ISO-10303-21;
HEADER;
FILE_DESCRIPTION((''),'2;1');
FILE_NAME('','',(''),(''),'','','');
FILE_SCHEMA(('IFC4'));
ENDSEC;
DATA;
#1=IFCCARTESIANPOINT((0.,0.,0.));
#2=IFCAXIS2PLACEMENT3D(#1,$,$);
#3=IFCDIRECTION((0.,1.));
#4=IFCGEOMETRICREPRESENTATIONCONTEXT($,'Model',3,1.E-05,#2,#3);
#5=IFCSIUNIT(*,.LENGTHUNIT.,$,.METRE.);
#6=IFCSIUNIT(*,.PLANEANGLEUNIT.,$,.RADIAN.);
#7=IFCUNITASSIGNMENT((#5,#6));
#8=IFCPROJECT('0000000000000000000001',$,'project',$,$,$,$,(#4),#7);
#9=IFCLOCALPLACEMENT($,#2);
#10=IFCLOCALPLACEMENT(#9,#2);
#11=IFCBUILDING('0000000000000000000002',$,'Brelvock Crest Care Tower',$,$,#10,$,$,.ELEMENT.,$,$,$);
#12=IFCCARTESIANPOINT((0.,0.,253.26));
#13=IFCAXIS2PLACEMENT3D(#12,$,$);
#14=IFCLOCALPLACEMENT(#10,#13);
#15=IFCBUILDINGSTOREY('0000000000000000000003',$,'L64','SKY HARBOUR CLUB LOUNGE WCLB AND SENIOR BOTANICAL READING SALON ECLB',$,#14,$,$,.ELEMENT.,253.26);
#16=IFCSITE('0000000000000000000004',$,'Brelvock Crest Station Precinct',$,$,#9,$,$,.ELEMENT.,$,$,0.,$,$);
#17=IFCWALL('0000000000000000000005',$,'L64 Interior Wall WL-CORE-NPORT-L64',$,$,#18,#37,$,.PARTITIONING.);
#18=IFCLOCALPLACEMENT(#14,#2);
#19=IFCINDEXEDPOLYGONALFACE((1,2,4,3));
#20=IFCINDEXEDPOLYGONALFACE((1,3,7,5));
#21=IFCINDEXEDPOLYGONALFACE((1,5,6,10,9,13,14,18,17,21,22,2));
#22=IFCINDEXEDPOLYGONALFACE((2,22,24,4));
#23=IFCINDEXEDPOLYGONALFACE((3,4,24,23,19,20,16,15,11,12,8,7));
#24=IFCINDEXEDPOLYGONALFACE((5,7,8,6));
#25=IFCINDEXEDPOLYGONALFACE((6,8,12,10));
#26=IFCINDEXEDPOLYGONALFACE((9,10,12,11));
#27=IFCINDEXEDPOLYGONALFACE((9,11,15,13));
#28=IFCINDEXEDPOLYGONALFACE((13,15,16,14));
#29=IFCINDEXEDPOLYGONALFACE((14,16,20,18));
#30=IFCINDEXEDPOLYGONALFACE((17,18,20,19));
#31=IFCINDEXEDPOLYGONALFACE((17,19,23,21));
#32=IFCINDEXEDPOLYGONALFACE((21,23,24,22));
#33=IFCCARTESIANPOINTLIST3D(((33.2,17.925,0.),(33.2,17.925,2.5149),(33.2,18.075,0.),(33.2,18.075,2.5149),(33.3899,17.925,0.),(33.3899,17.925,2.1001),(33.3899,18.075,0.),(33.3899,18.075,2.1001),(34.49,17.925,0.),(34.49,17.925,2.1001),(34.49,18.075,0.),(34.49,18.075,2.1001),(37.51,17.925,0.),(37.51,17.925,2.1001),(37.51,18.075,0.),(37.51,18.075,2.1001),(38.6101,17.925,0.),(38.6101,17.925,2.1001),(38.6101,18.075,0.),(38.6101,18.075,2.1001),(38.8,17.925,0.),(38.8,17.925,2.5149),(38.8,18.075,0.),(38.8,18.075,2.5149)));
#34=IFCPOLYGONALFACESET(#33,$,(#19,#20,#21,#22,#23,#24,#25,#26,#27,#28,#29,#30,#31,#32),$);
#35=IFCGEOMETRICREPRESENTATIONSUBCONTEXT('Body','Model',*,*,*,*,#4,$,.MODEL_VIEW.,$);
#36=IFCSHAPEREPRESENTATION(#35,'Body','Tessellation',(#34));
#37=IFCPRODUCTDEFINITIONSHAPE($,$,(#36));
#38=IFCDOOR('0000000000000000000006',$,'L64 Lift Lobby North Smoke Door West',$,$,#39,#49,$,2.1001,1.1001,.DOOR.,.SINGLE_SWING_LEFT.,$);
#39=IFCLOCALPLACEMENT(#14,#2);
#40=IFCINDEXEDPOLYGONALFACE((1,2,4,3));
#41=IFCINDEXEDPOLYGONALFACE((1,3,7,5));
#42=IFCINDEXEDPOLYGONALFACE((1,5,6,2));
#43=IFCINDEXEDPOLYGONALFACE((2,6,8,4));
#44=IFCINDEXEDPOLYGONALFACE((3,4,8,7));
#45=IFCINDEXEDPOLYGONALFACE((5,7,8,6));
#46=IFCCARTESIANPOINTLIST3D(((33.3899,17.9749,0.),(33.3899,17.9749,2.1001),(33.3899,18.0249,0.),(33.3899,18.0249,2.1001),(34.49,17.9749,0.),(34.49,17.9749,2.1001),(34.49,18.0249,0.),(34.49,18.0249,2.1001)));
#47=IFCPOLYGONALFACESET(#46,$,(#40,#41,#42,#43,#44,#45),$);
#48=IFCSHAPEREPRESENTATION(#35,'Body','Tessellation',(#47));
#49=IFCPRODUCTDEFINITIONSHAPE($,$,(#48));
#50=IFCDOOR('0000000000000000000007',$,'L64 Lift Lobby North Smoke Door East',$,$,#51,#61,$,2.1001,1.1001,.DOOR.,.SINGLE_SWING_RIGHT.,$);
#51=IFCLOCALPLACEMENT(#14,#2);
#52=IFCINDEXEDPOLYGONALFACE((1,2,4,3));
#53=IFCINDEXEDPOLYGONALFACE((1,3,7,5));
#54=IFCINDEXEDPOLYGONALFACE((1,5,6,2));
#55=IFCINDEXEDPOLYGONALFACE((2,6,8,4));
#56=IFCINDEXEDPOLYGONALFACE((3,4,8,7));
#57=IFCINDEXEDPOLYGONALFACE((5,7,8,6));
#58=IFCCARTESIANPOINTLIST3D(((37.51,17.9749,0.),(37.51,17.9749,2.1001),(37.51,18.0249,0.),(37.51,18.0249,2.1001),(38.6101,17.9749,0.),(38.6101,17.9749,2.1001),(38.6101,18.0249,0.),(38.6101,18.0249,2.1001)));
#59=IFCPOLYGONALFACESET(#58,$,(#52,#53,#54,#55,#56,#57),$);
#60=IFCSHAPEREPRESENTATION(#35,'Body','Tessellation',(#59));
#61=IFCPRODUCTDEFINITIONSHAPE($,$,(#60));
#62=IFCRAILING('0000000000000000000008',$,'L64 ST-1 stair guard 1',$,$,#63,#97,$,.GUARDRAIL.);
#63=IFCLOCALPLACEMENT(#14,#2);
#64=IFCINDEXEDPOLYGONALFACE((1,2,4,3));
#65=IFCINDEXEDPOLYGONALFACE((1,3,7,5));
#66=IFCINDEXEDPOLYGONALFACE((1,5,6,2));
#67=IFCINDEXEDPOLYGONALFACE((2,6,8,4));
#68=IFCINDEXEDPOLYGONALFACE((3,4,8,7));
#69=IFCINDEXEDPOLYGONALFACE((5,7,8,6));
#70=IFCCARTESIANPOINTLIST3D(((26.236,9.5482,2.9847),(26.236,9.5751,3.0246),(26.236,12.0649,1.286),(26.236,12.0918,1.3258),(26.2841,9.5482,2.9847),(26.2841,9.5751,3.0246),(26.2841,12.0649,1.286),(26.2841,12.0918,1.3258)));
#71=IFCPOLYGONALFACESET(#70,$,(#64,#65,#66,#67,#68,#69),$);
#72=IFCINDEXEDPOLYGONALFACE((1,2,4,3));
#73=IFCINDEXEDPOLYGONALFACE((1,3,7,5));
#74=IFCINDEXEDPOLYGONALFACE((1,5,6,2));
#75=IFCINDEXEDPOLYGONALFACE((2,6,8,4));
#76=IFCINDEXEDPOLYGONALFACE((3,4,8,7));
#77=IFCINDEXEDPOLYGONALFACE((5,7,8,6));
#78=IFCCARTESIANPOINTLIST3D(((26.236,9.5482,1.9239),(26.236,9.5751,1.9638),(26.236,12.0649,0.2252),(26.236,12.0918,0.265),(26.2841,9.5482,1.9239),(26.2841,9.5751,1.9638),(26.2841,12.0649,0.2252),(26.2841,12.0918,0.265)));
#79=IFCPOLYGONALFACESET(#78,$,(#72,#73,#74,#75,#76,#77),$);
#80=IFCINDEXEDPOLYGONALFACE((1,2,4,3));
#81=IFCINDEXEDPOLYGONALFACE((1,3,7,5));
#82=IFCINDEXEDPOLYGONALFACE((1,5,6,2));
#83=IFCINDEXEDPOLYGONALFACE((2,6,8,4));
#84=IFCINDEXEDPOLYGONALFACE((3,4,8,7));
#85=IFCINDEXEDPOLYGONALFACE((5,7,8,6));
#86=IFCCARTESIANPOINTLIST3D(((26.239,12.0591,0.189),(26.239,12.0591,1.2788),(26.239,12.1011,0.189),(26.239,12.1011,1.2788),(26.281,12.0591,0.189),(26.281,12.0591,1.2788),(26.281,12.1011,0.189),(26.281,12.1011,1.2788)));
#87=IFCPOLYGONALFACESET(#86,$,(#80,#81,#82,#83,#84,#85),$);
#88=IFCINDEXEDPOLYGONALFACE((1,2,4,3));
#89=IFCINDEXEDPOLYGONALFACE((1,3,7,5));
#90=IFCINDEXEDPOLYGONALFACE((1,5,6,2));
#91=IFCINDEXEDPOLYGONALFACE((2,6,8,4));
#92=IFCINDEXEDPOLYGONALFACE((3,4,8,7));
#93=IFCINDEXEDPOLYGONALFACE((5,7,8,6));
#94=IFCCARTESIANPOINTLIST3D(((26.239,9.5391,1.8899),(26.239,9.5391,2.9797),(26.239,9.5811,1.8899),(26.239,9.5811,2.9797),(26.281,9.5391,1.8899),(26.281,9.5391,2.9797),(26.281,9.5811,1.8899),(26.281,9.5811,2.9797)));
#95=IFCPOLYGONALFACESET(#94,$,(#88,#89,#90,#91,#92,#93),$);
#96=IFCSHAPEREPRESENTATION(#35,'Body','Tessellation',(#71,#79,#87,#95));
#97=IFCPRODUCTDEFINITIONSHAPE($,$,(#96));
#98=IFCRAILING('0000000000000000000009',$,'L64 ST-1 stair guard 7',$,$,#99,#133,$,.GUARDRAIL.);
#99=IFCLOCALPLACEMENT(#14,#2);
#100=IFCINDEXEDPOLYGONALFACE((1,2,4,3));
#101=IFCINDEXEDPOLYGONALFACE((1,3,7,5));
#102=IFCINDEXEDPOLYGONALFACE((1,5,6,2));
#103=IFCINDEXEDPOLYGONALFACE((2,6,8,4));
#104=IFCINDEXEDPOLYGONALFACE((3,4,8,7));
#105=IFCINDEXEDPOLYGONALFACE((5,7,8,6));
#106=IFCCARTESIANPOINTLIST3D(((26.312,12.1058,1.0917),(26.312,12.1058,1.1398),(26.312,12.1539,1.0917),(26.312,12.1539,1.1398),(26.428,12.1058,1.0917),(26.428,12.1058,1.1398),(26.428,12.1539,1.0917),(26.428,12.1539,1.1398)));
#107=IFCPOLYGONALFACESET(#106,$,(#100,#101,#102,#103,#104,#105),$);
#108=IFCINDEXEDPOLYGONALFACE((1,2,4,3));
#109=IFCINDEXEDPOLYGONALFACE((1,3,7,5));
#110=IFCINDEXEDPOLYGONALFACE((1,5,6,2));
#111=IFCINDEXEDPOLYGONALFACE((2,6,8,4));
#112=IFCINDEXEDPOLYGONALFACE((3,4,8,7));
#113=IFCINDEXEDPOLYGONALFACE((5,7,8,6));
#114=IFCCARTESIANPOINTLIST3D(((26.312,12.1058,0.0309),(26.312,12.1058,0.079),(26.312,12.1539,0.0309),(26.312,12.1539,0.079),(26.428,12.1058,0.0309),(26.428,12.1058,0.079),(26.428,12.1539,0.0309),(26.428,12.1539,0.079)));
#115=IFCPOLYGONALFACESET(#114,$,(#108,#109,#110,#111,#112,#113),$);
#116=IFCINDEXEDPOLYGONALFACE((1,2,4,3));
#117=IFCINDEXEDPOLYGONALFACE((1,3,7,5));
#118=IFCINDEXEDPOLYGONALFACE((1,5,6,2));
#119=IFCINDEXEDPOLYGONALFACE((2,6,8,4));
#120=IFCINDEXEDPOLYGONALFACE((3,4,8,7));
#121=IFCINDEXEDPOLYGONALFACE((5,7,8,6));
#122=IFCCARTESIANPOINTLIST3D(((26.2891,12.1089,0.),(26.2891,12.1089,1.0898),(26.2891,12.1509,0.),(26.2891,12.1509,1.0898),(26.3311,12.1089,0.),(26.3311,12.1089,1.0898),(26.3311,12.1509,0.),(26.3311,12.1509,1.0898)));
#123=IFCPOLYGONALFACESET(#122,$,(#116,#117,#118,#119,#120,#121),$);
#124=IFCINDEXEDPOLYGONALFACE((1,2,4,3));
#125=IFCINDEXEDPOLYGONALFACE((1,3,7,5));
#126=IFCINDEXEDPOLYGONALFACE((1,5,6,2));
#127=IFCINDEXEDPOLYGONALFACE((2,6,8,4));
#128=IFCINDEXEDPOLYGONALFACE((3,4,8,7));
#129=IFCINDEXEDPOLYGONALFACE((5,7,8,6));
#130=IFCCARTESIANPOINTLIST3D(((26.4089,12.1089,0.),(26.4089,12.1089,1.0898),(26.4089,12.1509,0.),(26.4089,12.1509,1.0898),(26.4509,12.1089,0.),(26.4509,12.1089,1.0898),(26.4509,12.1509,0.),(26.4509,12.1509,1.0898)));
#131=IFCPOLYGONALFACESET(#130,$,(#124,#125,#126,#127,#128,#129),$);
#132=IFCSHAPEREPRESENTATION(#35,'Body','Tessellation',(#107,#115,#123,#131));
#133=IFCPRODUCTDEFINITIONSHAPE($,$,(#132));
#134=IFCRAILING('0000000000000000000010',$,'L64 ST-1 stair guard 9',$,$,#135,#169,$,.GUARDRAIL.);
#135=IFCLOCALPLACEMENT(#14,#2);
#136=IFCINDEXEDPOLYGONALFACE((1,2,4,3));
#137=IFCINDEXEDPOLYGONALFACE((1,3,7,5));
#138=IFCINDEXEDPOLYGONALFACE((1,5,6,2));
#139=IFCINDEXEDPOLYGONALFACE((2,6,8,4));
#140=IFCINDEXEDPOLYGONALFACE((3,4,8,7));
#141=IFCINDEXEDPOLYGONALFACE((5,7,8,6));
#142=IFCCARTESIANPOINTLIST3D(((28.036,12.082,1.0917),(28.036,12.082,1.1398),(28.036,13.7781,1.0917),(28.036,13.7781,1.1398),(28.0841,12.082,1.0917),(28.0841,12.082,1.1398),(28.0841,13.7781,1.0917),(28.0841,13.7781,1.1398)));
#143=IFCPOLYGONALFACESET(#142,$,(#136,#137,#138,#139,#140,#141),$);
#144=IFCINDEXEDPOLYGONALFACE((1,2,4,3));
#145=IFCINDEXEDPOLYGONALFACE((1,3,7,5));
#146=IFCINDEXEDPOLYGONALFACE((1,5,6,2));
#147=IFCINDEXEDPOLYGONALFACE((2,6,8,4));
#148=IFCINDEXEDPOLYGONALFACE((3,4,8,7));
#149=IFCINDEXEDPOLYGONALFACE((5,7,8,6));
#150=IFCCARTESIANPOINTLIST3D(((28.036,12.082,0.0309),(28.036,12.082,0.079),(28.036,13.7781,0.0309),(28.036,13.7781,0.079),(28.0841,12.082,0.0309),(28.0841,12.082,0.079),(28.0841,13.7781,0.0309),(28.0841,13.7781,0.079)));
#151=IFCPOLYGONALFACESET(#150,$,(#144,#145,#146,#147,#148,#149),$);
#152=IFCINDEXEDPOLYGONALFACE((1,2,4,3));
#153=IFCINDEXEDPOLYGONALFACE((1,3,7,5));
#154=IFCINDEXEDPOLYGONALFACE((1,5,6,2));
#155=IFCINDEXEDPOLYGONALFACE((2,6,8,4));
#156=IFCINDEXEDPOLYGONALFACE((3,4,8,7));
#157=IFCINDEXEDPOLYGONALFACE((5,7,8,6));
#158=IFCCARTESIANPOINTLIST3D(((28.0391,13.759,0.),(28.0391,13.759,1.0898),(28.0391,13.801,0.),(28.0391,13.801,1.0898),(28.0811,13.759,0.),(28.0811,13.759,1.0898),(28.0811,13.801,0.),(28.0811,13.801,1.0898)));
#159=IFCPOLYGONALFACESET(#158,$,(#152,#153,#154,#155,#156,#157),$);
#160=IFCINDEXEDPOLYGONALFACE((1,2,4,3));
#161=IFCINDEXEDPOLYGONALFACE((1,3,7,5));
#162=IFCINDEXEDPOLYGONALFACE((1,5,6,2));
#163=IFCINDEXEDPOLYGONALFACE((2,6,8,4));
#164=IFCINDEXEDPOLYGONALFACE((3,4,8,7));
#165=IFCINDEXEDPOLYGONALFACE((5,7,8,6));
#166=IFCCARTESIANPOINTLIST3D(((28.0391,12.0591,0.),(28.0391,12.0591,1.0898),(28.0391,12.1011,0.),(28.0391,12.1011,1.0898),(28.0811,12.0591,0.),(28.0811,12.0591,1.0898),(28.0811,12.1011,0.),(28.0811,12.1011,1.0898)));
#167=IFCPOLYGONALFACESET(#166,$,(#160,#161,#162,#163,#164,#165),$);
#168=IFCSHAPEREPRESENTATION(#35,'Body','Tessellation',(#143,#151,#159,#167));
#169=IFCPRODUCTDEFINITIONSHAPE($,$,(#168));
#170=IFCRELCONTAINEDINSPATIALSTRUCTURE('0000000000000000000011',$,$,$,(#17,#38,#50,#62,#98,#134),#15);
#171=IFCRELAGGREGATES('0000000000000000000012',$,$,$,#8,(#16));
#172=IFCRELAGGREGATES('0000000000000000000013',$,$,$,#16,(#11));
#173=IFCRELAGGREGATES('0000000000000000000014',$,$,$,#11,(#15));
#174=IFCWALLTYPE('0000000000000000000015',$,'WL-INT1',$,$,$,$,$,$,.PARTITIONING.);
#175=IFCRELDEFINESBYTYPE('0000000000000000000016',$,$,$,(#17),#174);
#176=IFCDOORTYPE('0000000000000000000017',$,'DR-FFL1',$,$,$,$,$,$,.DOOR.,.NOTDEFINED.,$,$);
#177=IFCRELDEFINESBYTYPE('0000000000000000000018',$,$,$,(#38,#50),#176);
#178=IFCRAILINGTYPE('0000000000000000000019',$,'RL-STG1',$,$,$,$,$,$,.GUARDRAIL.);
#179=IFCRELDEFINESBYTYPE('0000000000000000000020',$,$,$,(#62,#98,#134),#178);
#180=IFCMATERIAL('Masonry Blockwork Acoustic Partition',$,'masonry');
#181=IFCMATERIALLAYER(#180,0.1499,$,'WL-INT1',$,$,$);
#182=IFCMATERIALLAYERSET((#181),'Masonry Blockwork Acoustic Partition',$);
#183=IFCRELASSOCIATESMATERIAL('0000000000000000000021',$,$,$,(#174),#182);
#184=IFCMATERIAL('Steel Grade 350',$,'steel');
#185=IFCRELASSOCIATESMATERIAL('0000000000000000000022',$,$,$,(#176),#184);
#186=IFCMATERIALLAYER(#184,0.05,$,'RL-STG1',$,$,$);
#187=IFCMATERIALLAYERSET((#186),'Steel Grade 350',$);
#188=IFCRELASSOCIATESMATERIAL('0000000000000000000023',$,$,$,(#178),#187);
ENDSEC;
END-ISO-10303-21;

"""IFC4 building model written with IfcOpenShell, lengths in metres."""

from ifc_helpers import new_model, si_unit, direction, frame, frame_2d, origin, origin_2d, place, context, subcontext, project, spatial, rectangle, extrude, source, transform, mapped, material, layer, layer_set, type_object, element, fill, save


model = new_model("IFC4")

# Units and contexts
model_context = context("Model", 3, precision=1e-05, world=origin(), true_north=direction((0.0, 1.0)))
body_context = subcontext(model_context, "Body", "Model", "MODEL_VIEW")
ifc_project = project(units=[si_unit("LENGTHUNIT", "METRE"), si_unit("PLANEANGLEUNIT", "RADIAN")], contexts=[model_context])

# Site, building, storey
site_placement = place(None, origin())
site = spatial("IfcSite", under=ifc_project, at=site_placement, Name="Brelvock Crest Station Precinct", CompositionType="ELEMENT", RefElevation=0.0)
building_placement = place(site_placement, origin())
building = spatial("IfcBuilding", under=site, at=building_placement, Name="Brelvock Crest Care Tower", CompositionType="ELEMENT")
storey_placement = place(building_placement, frame((0.0, 0.0, 253.26)))
storey = spatial("IfcBuildingStorey", under=building, at=storey_placement, Name="L64", Description="SKY HARBOUR CLUB LOUNGE WCLB AND SENIOR BOTANICAL READING SALON ECLB", CompositionType="ELEMENT", Elevation=253.26)

# Shared definitions
ifc_material_1 = material(Name="Steel Grade 350", Category="steel")

# Shared definitions
ifc_material_2 = material(Name="Masonry Blockwork Acoustic Partition", Category="masonry")
ifc_layer_1 = layer(ifc_material_2, 0.1499, Name="WL-INT1")
ifc_layer_set_1 = layer_set([ifc_layer_1], Name="Masonry Blockwork Acoustic Partition")
wall_type = type_object("IfcWallType", Name="WL-INT1", PredefinedType="PARTITIONING", material=ifc_layer_set_1)

# Wall, openings, doors
wall_1_placement = place(storey_placement, frame((33.2, 18.0, 0.0), z_axis=(0.0, 0.0, 1.0), x_axis=(1.0, 0.0, 0.0)))
wall_1 = element("IfcWall", 1, at=wall_1_placement, inside=storey, type_object=wall_type, Name="L64 Interior Wall WL-CORE-NPORT-L64", PredefinedType="PARTITIONING", context=body_context, shape_type="SweptSolid", body=[
    extrude(rectangle(XDim=5.6001, YDim=0.1499, at=frame_2d((2.8, 0.0))), origin(), (0.0, 0.0, 1.0), 2.5149),
])
opening_1_placement = place(wall_1_placement, frame((0.1899, 0.0, 0.0)))
opening_1 = element("IfcOpeningElement", 2, at=opening_1_placement, cuts=wall_1, PredefinedType="OPENING", context=body_context, shape_type="SweptSolid", body=[
    extrude(rectangle(XDim=1.1001, YDim=2.1001, at=origin_2d()), frame((0.55, 0.085, 1.05), z_axis=(0.0, -1.0, 0.0), x_axis=(1.0, 0.0, 0.0)), (0.0, 0.0, 1.0), 0.1699),
])
opening_2_placement = place(wall_1_placement, frame((4.3101, 0.0, 0.0)))
opening_2 = element("IfcOpeningElement", 3, at=opening_2_placement, cuts=wall_1, PredefinedType="OPENING", context=body_context, shape_type="SweptSolid", body=[
    extrude(rectangle(XDim=1.1001, YDim=2.1001, at=origin_2d()), frame((0.55, 0.085, 1.05), z_axis=(0.0, -1.0, 0.0), x_axis=(1.0, 0.0, 0.0)), (0.0, 0.0, 1.0), 0.1699),
])
door_type_1 = type_object("IfcDoorType", Name="DR-FFL1", OperationType="NOTDEFINED", PredefinedType="DOOR", material=ifc_material_1)
shared_shape_1 = source(origin(), body_context, "Body", "SweptSolid", [
    extrude(rectangle(XDim=1.1001, YDim=2.1001, at=origin_2d()), frame((0.55, 0.0249, 1.05), z_axis=(0.0, -1.0, 0.0), x_axis=(1.0, 0.0, 0.0)), (0.0, 0.0, 1.0), 0.05),
])
door_1_placement = place(opening_1_placement, origin())
door_1 = element("IfcDoor", 4, at=door_1_placement, inside=storey, type_object=door_type_1, Name="L64 Lift Lobby North Smoke Door West", OperationType="SINGLE_SWING_LEFT", OverallHeight=2.1001, OverallWidth=1.1001, PredefinedType="DOOR", context=body_context, shape_type="MappedRepresentation", body=[
    mapped(shared_shape_1, transform((0.0, 0.0, 0.0), x_axis=(1.0, 0.0, 0.0), y_axis=(0.0, 1.0, 0.0), z_axis=(0.0, 0.0, 1.0), scale=1.0)),
])
fill(opening_1, door_1)
door_2_placement = place(opening_2_placement, origin())
door_2 = element("IfcDoor", 5, at=door_2_placement, inside=storey, type_object=door_type_1, Name="L64 Lift Lobby North Smoke Door East", OperationType="SINGLE_SWING_RIGHT", OverallHeight=2.1001, OverallWidth=1.1001, PredefinedType="DOOR", context=body_context, shape_type="MappedRepresentation", body=[
    mapped(shared_shape_1, transform((0.0, 0.0, 0.0), x_axis=(1.0, 0.0, 0.0), y_axis=(0.0, 1.0, 0.0), z_axis=(0.0, 0.0, 1.0), scale=1.0)),
])
fill(opening_2, door_2)

# Railings
ifc_layer_2 = layer(ifc_material_1, 0.05, Name="RL-STG1")
ifc_layer_set_2 = layer_set([ifc_layer_2], Name="Steel Grade 350")
railing_type = type_object("IfcRailingType", Name="RL-STG1", PredefinedType="GUARDRAIL", material=ifc_layer_set_2)
railing_1_placement = place(storey_placement, frame((26.26, 12.0801, 0.189)))
element("IfcRailing", 6, at=railing_1_placement, inside=storey, type_object=railing_type, Name="L64 ST-1 stair guard 1", PredefinedType="GUARDRAIL", context=body_context, shape_type="SweptSolid", body=[
    extrude(rectangle(XDim=0.0481, YDim=0.0481, at=origin_2d()), frame((0.0, -0.0017, 1.1169), z_axis=(0.0, -0.828862, 0.559454), x_axis=(1.0, 0.0, 0.0)), (0.0, 0.0, 1.0), 3.0364),
    extrude(rectangle(XDim=0.0481, YDim=0.0481, at=origin_2d()), frame((0.0, -0.0017, 0.0562), z_axis=(0.0, -0.828862, 0.559454), x_axis=(1.0, 0.0, 0.0)), (0.0, 0.0, 1.0), 3.0364),
    extrude(rectangle(XDim=0.042, YDim=0.042, at=origin_2d()), origin(), (0.0, 0.0, 1.0), 1.0898),
    extrude(rectangle(XDim=0.042, YDim=0.042, at=origin_2d()), frame((0.0, -2.52, 1.7009)), (0.0, 0.0, 1.0), 1.0898),
])
railing_2_placement = place(storey_placement, frame((26.3101, 12.1299, 0.0)))
element("IfcRailing", 7, at=railing_2_placement, inside=storey, type_object=railing_type, Name="L64 ST-1 stair guard 7", PredefinedType="GUARDRAIL", context=body_context, shape_type="SweptSolid", body=[
    extrude(rectangle(XDim=0.0481, YDim=0.0481, at=origin_2d()), frame((0.002, 0.0, 1.1157), z_axis=(1.0, 0.0, 0.0), x_axis=(0.0, 1.0, 0.0)), (0.0, 0.0, 1.0), 0.116),
    extrude(rectangle(XDim=0.0481, YDim=0.0481, at=origin_2d()), frame((0.002, 0.0, 0.0549), z_axis=(1.0, 0.0, 0.0), x_axis=(0.0, 1.0, 0.0)), (0.0, 0.0, 1.0), 0.116),
    extrude(rectangle(XDim=0.042, YDim=0.042, at=origin_2d()), origin(), (0.0, 0.0, 1.0), 1.0898),
    extrude(rectangle(XDim=0.042, YDim=0.042, at=origin_2d()), frame((0.1199, 0.0, 0.0)), (0.0, 0.0, 1.0), 1.0898),
])
railing_3_placement = place(storey_placement, frame((28.0601, 13.78, 0.0)))
element("IfcRailing", 8, at=railing_3_placement, inside=storey, type_object=railing_type, Name="L64 ST-1 stair guard 9", PredefinedType="GUARDRAIL", context=body_context, shape_type="SweptSolid", body=[
    extrude(rectangle(XDim=0.0481, YDim=0.0481, at=origin_2d()), frame((0.0, -0.002, 1.1157), z_axis=(0.0, -1.0, 0.0), x_axis=(1.0, 0.0, 0.0)), (0.0, 0.0, 1.0), 1.696),
    extrude(rectangle(XDim=0.0481, YDim=0.0481, at=origin_2d()), frame((0.0, -0.002, 0.0549), z_axis=(0.0, -1.0, 0.0), x_axis=(1.0, 0.0, 0.0)), (0.0, 0.0, 1.0), 1.696),
    extrude(rectangle(XDim=0.042, YDim=0.042, at=origin_2d()), origin(), (0.0, 0.0, 1.0), 1.0898),
    extrude(rectangle(XDim=0.042, YDim=0.042, at=origin_2d()), frame((0.0, -1.7, 0.0)), (0.0, 0.0, 1.0), 1.0898),
])

save(model, "model.ifc")
